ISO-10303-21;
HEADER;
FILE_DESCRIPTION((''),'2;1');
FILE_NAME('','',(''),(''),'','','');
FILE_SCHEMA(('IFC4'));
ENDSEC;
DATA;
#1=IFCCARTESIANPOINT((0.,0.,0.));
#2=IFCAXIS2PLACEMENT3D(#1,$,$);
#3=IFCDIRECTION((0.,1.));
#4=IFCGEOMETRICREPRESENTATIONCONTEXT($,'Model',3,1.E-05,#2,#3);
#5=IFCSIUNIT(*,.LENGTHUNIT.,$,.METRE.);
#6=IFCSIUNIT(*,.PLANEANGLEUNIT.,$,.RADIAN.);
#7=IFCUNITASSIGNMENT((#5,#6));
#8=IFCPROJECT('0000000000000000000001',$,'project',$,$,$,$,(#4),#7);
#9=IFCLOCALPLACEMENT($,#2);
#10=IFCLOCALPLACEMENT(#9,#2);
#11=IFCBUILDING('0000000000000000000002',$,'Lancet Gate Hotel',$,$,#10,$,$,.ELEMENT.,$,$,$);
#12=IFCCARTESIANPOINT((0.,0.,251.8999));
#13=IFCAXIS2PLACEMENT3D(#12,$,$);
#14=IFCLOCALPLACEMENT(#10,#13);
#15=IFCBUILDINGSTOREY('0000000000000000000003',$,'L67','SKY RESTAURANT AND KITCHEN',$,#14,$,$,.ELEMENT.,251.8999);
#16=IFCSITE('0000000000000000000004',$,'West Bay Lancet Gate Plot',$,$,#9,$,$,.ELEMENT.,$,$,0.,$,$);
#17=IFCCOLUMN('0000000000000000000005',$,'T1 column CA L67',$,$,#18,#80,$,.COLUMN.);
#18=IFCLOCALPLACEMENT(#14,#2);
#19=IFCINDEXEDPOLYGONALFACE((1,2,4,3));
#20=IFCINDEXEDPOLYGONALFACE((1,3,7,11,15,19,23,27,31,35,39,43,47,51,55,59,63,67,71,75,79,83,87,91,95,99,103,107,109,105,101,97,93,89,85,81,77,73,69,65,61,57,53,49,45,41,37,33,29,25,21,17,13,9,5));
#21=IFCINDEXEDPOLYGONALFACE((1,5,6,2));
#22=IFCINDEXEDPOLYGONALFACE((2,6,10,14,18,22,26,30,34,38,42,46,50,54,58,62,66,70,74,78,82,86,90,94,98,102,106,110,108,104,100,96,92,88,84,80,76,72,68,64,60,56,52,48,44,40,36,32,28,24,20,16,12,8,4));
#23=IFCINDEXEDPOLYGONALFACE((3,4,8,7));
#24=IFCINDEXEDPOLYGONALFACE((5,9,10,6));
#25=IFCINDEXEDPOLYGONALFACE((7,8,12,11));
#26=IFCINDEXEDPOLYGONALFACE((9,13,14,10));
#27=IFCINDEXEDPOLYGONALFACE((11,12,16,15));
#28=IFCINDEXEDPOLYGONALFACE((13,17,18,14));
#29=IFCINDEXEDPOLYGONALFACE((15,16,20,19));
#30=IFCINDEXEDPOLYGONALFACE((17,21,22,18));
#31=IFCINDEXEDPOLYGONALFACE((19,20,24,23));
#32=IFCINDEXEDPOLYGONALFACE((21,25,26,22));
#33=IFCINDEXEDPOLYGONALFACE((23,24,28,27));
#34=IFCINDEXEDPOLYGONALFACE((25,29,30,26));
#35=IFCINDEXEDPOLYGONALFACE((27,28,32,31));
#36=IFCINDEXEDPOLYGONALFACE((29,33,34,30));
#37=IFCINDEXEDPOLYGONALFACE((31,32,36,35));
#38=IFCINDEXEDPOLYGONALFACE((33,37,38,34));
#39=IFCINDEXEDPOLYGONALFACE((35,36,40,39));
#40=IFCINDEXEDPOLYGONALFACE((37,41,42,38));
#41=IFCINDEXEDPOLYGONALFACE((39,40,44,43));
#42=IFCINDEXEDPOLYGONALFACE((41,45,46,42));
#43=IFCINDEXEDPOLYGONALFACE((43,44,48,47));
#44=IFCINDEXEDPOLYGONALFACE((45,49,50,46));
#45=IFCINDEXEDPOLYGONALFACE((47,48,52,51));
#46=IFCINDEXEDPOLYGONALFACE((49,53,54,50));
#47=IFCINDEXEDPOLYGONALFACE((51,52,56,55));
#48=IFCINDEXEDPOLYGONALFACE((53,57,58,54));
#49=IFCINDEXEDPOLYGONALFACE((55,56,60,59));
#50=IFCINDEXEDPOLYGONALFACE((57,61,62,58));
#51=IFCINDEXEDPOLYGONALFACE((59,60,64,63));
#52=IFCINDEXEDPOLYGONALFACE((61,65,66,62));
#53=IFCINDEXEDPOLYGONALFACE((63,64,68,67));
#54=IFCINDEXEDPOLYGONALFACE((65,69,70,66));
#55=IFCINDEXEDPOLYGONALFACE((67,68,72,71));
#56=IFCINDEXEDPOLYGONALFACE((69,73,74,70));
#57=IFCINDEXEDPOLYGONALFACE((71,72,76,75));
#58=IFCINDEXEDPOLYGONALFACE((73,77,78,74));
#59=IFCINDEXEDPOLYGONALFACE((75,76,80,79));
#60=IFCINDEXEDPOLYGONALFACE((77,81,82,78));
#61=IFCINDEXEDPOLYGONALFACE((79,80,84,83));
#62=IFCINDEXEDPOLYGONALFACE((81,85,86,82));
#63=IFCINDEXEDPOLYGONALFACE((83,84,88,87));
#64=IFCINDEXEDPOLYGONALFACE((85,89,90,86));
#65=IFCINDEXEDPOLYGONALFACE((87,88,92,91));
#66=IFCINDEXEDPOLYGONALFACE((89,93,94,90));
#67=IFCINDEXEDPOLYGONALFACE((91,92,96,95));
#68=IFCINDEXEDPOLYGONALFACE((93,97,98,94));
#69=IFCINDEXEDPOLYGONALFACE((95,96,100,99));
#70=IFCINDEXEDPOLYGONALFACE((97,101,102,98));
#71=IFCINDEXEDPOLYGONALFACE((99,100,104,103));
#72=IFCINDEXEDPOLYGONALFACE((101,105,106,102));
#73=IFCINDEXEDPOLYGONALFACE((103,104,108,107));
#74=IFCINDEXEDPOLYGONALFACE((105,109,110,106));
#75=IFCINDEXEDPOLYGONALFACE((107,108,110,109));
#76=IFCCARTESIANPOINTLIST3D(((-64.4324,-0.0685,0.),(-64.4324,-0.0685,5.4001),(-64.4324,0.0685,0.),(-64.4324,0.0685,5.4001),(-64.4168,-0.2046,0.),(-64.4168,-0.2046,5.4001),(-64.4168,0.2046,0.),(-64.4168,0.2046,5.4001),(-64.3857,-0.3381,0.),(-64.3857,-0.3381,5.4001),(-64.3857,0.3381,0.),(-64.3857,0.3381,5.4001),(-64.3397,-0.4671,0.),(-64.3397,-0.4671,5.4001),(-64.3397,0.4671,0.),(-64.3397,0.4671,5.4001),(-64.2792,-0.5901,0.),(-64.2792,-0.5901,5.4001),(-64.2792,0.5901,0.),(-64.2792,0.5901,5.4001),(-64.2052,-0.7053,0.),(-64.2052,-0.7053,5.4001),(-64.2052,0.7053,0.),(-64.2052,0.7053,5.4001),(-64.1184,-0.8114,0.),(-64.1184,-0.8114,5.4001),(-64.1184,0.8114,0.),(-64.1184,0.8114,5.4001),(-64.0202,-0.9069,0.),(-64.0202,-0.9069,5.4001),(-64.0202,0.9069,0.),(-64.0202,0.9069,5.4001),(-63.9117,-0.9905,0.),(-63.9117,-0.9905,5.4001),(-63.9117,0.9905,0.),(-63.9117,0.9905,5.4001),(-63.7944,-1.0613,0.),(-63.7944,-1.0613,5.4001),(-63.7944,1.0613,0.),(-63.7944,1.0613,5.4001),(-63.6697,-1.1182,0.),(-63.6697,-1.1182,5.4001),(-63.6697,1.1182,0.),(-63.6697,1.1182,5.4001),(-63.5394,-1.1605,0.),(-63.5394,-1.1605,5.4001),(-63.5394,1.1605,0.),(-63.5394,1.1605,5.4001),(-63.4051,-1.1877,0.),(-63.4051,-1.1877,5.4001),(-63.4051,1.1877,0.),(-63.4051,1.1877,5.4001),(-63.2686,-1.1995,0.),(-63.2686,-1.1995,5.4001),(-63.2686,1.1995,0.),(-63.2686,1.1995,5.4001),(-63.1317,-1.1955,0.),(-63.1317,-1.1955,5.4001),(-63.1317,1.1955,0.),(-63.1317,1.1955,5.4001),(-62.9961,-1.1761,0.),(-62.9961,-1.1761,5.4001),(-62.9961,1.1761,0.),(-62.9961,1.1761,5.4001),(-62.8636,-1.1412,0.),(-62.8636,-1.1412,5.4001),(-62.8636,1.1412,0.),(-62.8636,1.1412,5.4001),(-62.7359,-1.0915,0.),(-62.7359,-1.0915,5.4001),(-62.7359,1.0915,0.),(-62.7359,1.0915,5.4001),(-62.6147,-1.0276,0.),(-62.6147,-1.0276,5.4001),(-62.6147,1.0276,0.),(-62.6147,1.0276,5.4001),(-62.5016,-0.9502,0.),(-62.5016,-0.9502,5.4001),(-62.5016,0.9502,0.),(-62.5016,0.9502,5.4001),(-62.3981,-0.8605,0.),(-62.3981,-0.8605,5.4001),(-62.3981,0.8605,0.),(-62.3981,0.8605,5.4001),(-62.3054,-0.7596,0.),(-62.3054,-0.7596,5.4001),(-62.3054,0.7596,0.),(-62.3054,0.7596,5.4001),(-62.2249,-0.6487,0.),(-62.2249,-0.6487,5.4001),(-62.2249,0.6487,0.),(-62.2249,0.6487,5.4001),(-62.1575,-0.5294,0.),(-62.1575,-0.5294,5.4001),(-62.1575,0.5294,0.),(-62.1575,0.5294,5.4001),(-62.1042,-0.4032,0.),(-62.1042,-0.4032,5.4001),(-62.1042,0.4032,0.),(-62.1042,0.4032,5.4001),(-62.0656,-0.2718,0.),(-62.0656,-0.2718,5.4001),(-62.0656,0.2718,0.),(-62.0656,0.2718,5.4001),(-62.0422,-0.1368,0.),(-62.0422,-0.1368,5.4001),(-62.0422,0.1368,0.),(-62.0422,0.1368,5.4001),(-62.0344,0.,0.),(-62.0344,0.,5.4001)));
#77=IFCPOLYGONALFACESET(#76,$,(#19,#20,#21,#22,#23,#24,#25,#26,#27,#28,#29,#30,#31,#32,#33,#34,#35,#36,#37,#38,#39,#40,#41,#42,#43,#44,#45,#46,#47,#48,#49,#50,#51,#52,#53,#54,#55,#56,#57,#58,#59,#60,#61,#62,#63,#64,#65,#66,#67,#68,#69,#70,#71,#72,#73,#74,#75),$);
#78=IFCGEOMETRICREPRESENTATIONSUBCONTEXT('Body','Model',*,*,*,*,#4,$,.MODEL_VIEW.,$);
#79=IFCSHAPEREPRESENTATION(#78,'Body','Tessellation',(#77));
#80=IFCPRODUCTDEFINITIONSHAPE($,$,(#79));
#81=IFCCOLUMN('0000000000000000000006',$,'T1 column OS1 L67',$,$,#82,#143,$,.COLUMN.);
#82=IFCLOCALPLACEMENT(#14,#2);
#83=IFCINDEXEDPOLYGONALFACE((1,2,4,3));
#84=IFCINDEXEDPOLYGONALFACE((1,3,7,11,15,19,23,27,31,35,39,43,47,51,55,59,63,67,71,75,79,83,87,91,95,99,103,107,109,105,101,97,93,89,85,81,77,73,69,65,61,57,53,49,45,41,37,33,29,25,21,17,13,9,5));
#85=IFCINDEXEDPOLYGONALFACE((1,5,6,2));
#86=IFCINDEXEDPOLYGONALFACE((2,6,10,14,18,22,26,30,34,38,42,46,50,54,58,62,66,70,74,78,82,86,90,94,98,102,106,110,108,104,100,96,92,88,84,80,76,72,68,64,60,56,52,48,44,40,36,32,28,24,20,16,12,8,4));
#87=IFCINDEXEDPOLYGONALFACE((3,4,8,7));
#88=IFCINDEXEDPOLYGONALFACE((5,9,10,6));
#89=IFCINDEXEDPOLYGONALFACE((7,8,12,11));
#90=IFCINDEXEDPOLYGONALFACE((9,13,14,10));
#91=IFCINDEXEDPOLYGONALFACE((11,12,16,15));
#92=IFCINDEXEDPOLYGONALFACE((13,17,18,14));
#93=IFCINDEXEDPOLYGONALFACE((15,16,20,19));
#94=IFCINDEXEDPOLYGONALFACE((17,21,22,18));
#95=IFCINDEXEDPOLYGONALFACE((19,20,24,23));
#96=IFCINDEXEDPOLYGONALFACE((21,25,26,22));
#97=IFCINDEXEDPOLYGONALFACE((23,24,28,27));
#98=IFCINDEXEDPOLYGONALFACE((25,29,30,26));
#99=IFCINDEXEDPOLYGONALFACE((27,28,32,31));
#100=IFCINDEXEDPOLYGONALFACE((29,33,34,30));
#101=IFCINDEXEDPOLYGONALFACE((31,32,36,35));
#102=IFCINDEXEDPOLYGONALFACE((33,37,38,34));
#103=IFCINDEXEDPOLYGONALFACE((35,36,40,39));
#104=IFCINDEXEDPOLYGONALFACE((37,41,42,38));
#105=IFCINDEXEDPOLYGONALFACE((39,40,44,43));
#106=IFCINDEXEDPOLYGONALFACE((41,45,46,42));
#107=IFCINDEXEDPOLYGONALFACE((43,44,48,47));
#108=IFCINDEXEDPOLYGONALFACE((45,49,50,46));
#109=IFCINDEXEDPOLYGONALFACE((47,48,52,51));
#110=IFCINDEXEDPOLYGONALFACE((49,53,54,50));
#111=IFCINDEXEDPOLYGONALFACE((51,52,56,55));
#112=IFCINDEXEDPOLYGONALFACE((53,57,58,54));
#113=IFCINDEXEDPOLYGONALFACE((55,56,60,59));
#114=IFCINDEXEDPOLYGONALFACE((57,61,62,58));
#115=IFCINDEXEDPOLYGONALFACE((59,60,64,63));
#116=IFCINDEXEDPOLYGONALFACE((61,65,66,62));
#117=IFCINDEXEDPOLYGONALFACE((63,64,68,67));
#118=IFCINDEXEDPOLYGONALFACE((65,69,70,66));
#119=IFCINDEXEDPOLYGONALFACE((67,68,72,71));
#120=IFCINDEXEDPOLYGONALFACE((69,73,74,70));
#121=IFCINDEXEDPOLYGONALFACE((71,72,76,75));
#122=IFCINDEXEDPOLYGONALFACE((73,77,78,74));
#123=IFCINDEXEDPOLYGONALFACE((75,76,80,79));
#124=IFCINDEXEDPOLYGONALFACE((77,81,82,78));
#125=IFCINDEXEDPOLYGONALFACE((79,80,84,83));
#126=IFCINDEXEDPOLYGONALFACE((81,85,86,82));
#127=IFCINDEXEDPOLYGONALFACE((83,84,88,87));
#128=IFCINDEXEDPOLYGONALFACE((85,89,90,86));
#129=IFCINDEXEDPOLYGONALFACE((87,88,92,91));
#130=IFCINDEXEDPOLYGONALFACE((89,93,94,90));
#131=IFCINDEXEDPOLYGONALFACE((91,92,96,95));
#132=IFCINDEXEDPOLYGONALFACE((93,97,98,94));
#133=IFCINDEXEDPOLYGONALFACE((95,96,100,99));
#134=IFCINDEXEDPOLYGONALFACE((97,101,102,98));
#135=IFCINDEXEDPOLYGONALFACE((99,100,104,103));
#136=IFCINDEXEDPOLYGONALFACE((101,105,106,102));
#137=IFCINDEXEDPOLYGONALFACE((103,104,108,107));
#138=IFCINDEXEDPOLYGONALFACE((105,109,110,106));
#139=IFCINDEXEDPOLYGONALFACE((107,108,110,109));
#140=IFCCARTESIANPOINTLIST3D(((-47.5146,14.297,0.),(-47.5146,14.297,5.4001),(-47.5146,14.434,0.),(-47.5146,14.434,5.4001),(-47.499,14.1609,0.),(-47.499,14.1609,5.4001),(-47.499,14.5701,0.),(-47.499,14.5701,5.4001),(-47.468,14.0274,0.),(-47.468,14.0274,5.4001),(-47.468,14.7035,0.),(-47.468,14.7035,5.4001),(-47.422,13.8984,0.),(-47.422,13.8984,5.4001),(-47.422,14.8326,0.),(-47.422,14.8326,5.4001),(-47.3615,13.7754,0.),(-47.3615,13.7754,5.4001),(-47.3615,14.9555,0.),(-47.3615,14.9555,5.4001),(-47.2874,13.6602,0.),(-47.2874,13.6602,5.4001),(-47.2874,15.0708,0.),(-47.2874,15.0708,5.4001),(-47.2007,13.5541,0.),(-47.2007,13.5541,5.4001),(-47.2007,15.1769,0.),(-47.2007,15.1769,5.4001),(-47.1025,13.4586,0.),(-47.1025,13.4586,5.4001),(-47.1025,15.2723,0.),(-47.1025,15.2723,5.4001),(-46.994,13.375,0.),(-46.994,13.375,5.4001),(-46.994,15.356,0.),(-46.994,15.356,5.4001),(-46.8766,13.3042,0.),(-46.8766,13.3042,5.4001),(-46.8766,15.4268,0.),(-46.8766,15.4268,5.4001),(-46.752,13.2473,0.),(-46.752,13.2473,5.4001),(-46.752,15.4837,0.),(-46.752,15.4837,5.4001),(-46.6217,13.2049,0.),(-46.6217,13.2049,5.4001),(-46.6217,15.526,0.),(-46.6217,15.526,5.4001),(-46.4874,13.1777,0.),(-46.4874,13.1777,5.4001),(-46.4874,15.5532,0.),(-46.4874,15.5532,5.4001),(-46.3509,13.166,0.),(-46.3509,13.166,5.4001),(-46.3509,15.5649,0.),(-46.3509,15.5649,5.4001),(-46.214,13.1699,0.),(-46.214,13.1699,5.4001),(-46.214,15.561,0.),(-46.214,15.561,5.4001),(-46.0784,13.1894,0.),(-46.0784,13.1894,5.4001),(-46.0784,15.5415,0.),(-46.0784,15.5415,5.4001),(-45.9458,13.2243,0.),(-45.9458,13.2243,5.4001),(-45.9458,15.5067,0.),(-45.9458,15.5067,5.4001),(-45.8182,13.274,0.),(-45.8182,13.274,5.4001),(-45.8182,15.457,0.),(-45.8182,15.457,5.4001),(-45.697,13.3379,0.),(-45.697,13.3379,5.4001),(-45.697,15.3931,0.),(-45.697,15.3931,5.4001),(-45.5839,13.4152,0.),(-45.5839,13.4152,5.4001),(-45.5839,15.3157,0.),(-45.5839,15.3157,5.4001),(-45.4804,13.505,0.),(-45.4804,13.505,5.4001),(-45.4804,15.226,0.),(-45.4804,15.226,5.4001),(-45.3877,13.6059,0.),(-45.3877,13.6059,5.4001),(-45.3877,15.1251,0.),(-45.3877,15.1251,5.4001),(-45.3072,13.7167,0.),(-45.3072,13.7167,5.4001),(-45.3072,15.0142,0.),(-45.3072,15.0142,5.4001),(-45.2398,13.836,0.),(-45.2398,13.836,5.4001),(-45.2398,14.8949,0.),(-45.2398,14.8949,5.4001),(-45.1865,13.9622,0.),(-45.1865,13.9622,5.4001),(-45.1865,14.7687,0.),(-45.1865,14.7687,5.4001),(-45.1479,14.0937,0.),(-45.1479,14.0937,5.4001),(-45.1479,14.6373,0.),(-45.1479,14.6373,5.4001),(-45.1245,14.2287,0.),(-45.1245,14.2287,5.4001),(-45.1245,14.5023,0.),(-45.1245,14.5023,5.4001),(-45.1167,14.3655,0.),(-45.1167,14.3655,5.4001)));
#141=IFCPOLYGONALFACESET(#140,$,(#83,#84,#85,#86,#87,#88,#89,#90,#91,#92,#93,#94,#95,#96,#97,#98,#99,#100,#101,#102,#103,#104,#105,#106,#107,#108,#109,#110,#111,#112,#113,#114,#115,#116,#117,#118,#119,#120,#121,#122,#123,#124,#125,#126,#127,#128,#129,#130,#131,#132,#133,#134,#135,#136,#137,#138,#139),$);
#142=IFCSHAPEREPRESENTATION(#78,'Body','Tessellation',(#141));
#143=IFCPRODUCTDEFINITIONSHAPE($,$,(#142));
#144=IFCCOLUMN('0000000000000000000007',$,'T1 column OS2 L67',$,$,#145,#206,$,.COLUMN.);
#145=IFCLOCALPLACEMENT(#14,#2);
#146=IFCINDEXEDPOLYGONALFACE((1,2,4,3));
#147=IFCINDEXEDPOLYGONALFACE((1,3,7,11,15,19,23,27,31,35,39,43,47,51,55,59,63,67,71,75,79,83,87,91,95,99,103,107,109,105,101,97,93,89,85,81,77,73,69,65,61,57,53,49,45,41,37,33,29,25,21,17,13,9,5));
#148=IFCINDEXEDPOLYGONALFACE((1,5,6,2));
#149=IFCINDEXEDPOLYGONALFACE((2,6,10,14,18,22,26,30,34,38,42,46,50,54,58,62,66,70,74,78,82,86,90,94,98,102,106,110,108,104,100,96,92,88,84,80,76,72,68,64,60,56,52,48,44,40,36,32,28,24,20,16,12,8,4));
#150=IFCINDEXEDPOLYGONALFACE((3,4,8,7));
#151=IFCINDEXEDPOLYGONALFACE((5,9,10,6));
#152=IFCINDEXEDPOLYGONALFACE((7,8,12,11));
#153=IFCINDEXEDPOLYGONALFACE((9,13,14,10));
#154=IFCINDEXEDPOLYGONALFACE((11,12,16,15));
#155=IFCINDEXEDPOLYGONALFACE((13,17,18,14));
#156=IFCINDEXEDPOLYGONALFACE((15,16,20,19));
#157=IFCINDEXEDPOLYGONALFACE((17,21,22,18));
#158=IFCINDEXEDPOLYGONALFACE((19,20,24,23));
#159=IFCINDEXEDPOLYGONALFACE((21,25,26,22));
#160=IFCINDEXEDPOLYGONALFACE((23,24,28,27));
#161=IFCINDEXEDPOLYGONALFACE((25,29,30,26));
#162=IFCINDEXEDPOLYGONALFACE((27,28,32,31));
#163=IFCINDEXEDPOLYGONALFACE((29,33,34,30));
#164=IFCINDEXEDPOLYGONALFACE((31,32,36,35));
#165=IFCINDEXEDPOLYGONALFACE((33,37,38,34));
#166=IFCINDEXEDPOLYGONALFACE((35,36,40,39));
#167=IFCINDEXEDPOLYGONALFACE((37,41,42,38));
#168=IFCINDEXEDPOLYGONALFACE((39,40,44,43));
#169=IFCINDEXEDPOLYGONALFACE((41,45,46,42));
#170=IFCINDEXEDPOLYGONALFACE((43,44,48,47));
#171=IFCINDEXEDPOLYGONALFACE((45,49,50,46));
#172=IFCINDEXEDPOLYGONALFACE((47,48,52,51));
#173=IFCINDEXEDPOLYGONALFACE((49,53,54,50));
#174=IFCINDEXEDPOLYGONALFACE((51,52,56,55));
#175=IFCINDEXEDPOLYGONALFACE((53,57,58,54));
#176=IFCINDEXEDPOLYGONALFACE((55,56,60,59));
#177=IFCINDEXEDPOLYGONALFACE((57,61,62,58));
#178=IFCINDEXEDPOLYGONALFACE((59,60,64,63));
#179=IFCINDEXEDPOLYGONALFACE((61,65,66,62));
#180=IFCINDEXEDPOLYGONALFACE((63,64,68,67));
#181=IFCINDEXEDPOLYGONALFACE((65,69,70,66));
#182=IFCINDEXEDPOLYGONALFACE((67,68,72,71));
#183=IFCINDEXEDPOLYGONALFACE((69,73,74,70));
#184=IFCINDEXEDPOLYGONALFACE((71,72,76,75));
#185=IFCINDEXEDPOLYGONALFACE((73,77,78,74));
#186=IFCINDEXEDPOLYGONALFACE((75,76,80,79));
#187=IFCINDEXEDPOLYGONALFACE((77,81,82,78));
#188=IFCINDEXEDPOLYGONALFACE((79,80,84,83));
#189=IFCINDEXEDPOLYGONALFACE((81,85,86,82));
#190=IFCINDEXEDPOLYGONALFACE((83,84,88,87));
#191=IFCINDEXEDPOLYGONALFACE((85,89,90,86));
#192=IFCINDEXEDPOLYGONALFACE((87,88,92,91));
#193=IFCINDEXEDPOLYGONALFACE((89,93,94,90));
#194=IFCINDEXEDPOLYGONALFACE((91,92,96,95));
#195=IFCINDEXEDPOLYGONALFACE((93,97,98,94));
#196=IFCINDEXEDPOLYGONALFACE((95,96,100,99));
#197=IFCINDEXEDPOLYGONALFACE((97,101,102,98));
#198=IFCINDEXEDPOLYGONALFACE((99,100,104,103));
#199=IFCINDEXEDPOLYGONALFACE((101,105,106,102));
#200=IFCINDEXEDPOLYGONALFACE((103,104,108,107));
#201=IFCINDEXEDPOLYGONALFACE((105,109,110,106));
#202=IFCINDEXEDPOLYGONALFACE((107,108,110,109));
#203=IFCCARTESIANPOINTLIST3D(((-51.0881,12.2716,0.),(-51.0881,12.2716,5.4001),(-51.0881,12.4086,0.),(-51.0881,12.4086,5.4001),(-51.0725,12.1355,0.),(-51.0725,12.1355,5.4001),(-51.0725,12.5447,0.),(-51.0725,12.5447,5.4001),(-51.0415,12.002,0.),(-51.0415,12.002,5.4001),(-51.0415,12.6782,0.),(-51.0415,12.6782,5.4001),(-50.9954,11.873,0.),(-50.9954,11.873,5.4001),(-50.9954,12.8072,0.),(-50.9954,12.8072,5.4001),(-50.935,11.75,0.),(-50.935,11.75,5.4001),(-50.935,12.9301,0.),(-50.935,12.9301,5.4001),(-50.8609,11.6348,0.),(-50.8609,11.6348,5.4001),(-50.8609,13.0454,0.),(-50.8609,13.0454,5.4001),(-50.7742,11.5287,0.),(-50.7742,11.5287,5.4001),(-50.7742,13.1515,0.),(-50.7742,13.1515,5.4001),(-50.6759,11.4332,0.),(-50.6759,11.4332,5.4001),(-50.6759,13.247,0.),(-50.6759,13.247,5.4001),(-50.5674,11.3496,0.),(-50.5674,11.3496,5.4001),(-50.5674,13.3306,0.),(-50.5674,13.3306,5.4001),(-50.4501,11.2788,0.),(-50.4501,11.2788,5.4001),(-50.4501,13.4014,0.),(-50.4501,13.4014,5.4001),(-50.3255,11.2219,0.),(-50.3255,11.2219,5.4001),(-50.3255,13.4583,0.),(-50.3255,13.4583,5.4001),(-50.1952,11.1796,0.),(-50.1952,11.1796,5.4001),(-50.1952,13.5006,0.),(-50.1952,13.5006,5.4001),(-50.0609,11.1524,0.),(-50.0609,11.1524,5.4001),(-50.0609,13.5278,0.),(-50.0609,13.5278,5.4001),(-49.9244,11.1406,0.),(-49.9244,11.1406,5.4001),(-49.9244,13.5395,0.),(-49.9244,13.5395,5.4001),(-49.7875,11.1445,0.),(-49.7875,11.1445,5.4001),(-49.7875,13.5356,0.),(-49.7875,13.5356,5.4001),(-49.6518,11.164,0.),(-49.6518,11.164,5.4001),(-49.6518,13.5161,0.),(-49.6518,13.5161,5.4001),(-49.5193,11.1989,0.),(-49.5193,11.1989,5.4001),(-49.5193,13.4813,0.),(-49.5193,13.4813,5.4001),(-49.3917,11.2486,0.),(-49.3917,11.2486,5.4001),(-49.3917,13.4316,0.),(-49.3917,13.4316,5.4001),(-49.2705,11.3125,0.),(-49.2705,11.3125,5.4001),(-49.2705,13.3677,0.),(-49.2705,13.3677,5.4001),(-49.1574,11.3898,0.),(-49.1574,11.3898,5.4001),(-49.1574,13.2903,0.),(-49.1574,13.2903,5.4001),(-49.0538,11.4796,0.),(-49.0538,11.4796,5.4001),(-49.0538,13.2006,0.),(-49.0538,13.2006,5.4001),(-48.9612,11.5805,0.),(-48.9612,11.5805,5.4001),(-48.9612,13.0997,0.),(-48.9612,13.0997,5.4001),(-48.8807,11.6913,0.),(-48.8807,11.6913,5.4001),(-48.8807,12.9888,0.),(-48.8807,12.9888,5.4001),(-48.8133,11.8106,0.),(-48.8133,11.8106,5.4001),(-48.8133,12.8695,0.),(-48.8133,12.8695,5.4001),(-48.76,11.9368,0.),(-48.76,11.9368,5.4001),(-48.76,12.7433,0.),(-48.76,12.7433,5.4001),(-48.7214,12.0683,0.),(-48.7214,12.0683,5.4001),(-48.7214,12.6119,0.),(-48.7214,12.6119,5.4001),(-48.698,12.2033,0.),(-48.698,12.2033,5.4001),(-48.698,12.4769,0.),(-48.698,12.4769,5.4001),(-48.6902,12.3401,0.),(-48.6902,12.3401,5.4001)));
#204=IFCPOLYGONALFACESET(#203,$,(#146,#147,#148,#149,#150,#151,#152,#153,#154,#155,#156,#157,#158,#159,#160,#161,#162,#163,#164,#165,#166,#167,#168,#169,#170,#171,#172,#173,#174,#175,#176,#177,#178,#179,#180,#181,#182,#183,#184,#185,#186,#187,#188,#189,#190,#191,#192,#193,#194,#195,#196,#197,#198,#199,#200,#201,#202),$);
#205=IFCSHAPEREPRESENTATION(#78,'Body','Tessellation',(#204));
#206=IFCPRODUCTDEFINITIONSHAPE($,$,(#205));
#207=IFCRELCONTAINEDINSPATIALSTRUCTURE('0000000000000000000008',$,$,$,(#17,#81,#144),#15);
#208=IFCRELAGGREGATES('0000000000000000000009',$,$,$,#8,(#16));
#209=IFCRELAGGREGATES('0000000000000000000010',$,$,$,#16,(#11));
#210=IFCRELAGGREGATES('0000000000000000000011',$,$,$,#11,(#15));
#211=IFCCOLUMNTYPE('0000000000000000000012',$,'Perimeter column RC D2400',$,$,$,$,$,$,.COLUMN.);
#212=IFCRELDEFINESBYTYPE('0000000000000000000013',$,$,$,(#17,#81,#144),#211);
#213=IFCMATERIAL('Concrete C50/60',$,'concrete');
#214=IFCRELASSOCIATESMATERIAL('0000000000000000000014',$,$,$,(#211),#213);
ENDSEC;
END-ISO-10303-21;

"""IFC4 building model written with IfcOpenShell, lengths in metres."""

from ifc_helpers import new_model, si_unit, direction, frame, origin, origin_2d, place, context, subcontext, project, spatial, circle, extrude, material, material_profile, profile_set, type_object, element, save


model = new_model("IFC4")

# Units and contexts
model_context = context("Model", 3, precision=1e-05, world=origin(), true_north=direction((0.0, 1.0)))
body_context = subcontext(model_context, "Body", "Model", "MODEL_VIEW")
ifc_project = project(units=[si_unit("LENGTHUNIT", "METRE"), si_unit("PLANEANGLEUNIT", "RADIAN")], contexts=[model_context])

# Site, building, storey
site_placement = place(None, origin())
site = spatial("IfcSite", under=ifc_project, at=site_placement, Name="West Bay Lancet Gate Plot", CompositionType="ELEMENT", RefElevation=0.0)
building_placement = place(site_placement, origin())
building = spatial("IfcBuilding", under=site, at=building_placement, Name="Lancet Gate Hotel", CompositionType="ELEMENT")
storey_placement = place(building_placement, frame((0.0, 0.0, 251.8999)))
storey = spatial("IfcBuildingStorey", under=building, at=storey_placement, Name="L67", Description="SKY RESTAURANT AND KITCHEN", CompositionType="ELEMENT", Elevation=251.8999)

# Columns
ifc_material_1 = material(Name="Concrete C50/60", Category="concrete")
ifc_material_profile_1 = material_profile(ifc_material_1, circle(Radius=1.2, at=origin_2d()), Name="RC D2400")
ifc_profile_set_1 = profile_set([ifc_material_profile_1], Name="Concrete C50/60")
column_type = type_object("IfcColumnType", Name="Perimeter column RC D2400", PredefinedType="COLUMN", material=ifc_profile_set_1)
for number, where, z_axis, x_axis, name in (
    (1, (-63.2344, 0.0, 0.0), (0.0, 0.0, 1.0), (1.0, 0.0, 0.0), "T1 column CA L67"),
    (2, (-46.3167, 14.3655, 0.0), (0.0, 0.0, 1.0), (1.0, 0.0, 0.0), "T1 column OS1 L67"),
    (3, (-49.8901, 12.3401, 0.0), (0.0, 0.0, 1.0), (1.0, 0.0, 0.0), "T1 column OS2 L67"),
):
    element("IfcColumn", number, at=place(storey_placement, frame(where, z_axis=z_axis, x_axis=x_axis)), inside=storey, type_object=column_type, Name=name, PredefinedType="COLUMN", context=body_context, shape_type="SweptSolid", body=[
        extrude(circle(Radius=1.2, at=origin_2d()), origin(), (0.0, 0.0, 1.0), 5.4001),
    ])

save(model, "model.ifc")
